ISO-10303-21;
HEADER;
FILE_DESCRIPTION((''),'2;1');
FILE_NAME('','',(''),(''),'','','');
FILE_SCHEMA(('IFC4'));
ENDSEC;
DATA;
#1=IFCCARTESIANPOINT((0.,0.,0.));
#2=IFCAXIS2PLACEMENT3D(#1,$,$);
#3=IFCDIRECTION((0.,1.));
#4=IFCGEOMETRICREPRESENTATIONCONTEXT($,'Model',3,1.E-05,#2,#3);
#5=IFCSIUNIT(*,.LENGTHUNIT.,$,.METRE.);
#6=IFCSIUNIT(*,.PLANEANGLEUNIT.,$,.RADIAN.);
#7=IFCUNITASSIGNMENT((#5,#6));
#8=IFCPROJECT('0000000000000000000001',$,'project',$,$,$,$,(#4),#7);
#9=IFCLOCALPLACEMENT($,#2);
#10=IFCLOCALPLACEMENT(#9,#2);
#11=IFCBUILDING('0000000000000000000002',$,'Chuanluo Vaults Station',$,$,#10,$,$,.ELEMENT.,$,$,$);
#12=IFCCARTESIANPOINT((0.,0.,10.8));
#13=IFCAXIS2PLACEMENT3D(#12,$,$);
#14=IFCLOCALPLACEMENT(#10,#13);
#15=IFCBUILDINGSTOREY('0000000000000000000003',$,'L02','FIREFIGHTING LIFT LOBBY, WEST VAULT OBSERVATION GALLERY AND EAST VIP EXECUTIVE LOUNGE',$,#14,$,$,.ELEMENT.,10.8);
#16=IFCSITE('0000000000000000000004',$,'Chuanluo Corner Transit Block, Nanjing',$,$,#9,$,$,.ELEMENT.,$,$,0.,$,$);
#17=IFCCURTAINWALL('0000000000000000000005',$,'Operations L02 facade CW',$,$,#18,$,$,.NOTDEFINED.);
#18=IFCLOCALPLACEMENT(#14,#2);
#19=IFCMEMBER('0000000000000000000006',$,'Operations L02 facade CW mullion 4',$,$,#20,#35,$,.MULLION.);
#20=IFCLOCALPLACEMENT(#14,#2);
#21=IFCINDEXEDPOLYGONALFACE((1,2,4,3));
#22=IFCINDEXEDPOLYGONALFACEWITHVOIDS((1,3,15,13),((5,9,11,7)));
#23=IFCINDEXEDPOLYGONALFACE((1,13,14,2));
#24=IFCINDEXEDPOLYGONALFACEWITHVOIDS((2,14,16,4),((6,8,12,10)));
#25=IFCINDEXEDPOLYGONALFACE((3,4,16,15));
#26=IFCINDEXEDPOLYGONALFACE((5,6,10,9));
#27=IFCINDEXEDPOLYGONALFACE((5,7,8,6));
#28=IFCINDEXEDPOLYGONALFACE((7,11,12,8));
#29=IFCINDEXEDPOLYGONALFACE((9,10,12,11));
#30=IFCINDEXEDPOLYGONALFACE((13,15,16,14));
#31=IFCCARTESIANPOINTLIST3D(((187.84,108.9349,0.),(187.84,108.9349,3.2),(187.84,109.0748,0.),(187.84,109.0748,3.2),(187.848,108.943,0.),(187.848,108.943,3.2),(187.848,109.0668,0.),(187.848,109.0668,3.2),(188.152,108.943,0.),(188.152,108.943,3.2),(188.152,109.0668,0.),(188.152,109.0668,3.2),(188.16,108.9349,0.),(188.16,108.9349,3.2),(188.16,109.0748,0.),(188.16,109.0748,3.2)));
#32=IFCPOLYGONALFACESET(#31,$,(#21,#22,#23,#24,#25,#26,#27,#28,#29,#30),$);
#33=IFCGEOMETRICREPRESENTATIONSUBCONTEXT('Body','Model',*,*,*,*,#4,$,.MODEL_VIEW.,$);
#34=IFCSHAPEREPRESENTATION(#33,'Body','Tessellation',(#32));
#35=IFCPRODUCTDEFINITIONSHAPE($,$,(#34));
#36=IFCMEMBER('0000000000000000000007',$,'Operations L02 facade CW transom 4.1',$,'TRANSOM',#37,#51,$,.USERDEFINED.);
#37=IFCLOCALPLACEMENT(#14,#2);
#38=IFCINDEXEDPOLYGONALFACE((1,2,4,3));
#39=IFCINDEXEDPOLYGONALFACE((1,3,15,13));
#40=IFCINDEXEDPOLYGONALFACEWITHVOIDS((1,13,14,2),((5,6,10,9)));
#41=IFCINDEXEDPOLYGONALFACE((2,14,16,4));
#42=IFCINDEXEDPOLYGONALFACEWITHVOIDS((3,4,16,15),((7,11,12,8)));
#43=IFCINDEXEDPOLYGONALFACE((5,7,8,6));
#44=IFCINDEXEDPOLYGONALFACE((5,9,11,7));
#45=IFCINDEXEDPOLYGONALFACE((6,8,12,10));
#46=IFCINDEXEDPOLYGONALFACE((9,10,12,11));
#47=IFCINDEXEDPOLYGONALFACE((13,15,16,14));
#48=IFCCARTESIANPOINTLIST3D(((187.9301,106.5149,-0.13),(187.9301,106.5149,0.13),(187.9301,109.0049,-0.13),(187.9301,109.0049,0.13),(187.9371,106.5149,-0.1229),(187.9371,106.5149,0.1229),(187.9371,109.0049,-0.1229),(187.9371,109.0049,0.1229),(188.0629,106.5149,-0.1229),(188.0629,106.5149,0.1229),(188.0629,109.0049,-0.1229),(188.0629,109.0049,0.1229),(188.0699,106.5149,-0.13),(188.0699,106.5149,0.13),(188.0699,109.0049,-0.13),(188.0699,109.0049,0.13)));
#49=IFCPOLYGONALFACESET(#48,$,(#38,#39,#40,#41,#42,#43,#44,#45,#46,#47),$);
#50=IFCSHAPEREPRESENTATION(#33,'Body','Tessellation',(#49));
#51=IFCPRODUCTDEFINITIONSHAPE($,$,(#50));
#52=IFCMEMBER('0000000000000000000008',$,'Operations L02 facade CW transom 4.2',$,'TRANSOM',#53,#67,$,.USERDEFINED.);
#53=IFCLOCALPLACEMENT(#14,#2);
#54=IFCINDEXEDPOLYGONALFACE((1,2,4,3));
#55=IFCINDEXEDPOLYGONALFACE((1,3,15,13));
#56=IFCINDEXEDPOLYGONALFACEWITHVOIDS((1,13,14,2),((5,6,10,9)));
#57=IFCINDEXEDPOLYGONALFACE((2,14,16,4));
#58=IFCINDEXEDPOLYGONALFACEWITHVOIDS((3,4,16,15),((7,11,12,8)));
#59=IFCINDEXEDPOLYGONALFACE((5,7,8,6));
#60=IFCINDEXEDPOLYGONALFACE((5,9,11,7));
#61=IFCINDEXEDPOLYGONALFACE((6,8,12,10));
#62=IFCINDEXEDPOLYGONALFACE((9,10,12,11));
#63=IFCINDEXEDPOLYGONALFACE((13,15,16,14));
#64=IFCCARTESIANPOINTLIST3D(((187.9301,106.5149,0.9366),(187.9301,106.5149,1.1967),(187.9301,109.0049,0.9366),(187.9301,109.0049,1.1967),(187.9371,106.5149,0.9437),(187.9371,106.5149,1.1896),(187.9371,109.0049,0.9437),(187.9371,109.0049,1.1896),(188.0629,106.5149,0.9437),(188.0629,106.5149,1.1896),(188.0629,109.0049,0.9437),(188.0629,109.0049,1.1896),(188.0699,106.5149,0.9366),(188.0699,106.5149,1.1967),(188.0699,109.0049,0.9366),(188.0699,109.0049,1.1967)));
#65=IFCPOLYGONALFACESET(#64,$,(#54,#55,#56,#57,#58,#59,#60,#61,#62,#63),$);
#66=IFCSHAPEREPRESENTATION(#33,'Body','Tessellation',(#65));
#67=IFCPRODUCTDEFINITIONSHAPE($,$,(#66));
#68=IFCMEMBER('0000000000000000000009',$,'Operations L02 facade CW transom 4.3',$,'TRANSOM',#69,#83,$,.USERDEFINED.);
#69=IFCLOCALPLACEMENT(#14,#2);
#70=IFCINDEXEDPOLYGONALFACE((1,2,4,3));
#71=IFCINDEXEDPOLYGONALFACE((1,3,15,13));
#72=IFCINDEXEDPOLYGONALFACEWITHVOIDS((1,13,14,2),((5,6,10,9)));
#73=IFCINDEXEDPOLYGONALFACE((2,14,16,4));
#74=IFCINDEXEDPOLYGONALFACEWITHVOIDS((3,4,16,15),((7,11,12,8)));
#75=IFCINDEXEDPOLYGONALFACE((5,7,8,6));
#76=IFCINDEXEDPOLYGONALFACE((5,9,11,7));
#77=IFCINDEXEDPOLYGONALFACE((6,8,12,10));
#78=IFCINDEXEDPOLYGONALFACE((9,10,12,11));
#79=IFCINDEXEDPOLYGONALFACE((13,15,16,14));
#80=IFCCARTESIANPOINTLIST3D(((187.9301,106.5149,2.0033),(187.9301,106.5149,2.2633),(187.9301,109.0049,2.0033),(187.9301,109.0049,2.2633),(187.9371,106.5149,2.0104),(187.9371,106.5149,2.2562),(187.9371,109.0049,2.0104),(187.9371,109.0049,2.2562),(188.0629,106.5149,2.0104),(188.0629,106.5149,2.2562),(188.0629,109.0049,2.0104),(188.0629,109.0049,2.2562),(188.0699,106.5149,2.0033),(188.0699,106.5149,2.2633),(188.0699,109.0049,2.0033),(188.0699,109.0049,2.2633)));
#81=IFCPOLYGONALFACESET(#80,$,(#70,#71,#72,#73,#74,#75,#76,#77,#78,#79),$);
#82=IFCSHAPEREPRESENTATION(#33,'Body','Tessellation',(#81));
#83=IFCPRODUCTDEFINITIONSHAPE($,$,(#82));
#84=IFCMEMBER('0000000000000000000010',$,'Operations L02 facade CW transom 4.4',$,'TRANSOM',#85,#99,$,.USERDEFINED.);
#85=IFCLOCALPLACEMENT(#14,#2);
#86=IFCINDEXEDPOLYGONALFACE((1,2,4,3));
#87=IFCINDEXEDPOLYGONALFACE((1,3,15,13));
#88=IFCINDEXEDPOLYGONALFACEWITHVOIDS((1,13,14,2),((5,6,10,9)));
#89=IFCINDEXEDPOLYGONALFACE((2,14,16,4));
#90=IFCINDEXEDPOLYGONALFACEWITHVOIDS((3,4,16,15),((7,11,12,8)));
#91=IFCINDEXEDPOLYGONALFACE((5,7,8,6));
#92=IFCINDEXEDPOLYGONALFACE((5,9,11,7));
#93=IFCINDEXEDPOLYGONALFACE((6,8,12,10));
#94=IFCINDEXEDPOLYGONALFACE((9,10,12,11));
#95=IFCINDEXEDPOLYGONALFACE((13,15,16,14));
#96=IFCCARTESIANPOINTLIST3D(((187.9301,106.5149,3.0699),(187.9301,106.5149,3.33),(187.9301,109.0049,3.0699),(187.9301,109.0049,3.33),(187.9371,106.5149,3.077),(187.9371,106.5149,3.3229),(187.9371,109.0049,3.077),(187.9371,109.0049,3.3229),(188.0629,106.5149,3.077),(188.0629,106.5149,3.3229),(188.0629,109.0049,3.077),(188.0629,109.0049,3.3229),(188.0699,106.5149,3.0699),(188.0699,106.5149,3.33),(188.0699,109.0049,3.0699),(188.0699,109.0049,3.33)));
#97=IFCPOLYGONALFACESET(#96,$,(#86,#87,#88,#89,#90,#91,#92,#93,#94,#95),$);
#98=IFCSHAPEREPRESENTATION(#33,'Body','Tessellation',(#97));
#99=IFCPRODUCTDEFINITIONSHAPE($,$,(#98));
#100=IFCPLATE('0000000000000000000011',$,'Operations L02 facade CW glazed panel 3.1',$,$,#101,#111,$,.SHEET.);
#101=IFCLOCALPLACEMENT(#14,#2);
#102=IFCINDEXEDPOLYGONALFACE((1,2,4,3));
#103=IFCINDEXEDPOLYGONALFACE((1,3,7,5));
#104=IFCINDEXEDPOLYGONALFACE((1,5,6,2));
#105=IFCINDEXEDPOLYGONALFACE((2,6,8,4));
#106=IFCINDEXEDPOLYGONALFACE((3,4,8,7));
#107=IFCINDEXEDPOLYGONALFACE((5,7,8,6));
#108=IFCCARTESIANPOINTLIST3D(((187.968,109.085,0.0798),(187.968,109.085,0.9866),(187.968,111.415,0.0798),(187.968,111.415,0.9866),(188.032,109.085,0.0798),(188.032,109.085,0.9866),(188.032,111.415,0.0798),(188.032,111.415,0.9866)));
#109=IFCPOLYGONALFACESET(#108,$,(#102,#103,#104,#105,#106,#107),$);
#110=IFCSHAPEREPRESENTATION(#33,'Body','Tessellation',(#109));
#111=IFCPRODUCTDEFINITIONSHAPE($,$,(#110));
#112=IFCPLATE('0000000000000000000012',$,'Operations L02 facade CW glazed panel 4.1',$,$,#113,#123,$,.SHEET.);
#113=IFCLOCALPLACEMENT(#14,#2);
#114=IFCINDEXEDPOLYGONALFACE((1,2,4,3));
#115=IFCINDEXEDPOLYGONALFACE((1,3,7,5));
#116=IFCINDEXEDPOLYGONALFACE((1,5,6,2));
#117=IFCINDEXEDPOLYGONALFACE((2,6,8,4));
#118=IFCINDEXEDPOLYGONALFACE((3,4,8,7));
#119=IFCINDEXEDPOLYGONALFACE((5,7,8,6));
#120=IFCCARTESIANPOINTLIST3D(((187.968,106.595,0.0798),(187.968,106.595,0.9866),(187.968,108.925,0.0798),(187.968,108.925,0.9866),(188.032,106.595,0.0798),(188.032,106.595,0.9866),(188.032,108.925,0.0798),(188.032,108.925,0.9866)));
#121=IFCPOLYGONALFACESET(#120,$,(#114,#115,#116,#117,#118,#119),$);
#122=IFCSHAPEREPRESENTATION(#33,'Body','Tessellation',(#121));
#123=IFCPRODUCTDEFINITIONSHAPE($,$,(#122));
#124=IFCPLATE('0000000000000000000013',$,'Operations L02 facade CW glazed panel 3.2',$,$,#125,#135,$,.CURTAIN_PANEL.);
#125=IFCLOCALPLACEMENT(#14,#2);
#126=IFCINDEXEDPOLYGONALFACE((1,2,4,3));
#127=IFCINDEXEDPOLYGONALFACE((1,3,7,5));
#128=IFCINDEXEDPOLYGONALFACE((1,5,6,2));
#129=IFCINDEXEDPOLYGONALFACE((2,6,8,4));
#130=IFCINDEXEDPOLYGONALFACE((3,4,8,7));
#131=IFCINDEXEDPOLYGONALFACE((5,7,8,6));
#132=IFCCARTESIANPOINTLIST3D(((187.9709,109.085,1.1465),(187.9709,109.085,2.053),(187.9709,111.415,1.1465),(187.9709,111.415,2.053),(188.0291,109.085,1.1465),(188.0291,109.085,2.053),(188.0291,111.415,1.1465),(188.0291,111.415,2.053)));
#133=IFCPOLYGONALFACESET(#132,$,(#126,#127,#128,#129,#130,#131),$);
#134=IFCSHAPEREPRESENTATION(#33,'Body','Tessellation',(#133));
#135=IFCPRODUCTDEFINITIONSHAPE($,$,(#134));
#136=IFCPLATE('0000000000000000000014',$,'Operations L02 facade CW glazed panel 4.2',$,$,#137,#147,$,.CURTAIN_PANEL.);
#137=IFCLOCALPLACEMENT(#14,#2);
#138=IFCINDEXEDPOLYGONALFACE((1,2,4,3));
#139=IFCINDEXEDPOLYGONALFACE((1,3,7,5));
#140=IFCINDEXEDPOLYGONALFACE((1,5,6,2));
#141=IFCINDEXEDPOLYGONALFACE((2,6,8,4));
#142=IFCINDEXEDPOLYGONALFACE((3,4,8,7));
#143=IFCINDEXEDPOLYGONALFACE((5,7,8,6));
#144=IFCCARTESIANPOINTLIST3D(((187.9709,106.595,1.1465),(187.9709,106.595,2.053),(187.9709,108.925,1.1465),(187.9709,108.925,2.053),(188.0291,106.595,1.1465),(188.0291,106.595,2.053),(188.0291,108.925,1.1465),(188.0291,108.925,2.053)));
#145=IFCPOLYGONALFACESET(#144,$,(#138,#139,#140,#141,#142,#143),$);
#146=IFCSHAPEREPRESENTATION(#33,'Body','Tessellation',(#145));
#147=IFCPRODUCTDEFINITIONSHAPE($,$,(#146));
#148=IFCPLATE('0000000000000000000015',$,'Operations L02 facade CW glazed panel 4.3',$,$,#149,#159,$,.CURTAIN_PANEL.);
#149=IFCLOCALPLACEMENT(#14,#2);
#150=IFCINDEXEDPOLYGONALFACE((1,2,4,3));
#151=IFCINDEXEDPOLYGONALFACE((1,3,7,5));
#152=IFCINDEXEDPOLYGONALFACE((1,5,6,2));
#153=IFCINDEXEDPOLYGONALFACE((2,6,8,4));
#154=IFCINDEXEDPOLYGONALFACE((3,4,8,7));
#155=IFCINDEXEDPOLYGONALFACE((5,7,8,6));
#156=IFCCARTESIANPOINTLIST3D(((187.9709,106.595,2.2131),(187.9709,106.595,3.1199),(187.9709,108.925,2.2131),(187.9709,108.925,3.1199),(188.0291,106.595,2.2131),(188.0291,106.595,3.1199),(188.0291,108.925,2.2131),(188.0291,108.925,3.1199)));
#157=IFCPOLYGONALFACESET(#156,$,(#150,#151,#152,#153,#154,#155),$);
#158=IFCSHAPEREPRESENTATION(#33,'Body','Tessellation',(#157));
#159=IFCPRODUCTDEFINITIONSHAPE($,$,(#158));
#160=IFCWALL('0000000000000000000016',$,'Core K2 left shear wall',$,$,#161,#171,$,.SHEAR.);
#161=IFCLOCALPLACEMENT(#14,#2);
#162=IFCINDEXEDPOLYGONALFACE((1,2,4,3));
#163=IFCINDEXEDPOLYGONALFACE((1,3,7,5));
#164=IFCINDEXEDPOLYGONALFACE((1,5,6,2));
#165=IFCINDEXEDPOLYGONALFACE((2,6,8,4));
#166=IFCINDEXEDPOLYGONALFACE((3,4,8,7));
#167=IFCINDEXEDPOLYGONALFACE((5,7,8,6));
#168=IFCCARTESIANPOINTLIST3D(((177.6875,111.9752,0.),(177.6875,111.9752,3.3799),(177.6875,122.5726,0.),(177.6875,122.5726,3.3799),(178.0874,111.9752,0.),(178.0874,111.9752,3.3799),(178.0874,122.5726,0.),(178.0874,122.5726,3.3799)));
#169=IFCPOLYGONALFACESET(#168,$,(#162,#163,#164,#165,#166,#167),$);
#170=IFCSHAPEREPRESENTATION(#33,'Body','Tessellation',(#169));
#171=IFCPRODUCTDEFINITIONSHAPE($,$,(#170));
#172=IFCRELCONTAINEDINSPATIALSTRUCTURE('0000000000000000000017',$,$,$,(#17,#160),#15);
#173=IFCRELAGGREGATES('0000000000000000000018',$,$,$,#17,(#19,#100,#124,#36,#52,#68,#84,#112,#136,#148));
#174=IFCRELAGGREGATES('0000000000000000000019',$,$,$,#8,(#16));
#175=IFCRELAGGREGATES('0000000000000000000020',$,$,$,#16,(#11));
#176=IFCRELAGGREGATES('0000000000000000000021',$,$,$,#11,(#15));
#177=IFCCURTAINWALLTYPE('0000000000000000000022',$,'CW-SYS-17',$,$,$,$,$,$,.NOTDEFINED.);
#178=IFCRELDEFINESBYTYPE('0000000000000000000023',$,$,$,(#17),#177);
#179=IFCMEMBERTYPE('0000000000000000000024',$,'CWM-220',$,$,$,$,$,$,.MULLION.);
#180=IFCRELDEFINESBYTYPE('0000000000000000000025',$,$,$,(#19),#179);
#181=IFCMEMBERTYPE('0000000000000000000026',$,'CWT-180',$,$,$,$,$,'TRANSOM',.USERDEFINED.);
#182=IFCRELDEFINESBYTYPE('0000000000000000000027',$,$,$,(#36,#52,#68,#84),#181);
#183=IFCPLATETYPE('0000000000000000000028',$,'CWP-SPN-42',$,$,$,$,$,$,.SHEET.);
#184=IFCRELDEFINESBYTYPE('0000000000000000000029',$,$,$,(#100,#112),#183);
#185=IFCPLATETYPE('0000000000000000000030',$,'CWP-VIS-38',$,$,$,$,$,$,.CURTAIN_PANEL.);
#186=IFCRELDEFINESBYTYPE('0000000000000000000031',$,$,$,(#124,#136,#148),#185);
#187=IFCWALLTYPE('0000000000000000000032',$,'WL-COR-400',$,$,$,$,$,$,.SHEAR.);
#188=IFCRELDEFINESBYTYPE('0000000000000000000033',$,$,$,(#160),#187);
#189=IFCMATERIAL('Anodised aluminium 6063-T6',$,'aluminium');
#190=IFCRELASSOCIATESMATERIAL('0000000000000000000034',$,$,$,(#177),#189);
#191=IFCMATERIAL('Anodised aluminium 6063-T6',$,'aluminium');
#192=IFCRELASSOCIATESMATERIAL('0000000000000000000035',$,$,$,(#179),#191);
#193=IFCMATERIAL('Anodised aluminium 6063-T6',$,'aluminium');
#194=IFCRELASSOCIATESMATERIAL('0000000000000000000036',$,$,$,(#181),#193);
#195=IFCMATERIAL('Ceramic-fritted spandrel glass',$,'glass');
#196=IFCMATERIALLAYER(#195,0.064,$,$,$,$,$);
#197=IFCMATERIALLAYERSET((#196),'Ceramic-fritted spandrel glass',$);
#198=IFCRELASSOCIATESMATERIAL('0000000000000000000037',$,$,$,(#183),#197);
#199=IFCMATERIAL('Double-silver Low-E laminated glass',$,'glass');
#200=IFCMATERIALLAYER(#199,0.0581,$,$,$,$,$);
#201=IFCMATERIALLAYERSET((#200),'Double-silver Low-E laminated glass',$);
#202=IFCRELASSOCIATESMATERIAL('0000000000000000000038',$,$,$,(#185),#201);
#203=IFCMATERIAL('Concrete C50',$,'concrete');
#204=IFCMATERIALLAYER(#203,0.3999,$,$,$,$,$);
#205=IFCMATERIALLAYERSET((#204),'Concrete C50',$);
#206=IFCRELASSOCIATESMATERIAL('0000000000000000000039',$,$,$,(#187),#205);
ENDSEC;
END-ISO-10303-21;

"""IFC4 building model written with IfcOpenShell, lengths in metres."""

from ifc_helpers import new_model, si_unit, direction, frame, frame_2d, origin, origin_2d, place, context, subcontext, project, spatial, rectangle, hollow_rectangle, extrude, material, layer, layer_set, material_profile, profile_set, type_object, element, aggregate, save


model = new_model("IFC4")

# Units and contexts
model_context = context("Model", 3, precision=1e-05, world=origin(), true_north=direction((0.0, 1.0)))
body_context = subcontext(model_context, "Body", "Model", "MODEL_VIEW")
ifc_project = project(units=[si_unit("LENGTHUNIT", "METRE"), si_unit("PLANEANGLEUNIT", "RADIAN")], contexts=[model_context])

# Site, building, storey
site_placement = place(None, origin())
site = spatial("IfcSite", under=ifc_project, at=site_placement, Name="Chuanluo Corner Transit Block, Nanjing", CompositionType="ELEMENT", RefElevation=0.0)
building_placement = place(site_placement, origin())
building = spatial("IfcBuilding", under=site, at=building_placement, Name="Chuanluo Vaults Station", CompositionType="ELEMENT")
storey_placement = place(building_placement, frame((0.0, 0.0, 10.8)))
storey = spatial("IfcBuildingStorey", under=building, at=storey_placement, Name="L02", Description="FIREFIGHTING LIFT LOBBY, WEST VAULT OBSERVATION GALLERY AND EAST VIP EXECUTIVE LOUNGE", CompositionType="ELEMENT", Elevation=10.8)

# Curtain wall, members, plates
ifc_material_1 = material(Name="Anodised aluminium 6063-T6", Category="aluminium")
curtain_wall_type = type_object("IfcCurtainWallType", Name="CW-SYS-17", PredefinedType="NOTDEFINED", material=ifc_material_1)
curtain_wall_placement = place(storey_placement, origin())
curtain_wall = element("IfcCurtainWall", 1, at=curtain_wall_placement, inside=storey, type_object=curtain_wall_type, Name="Operations L02 facade CW", PredefinedType="NOTDEFINED")
ifc_material_2 = material(Name="Anodised aluminium 6063-T6", Category="aluminium")
ifc_material_profile_1 = material_profile(ifc_material_2, hollow_rectangle(XDim=0.1399, YDim=0.3201, WallThickness=0.0081, at=origin_2d()))
ifc_profile_set_1 = profile_set([ifc_material_profile_1], Name="Anodised aluminium 6063-T6")
member_type_1 = type_object("IfcMemberType", Name="CWM-220", PredefinedType="MULLION", material=ifc_profile_set_1)
member_1_placement = place(storey_placement, frame((188.0, 109.0049, 0.0), z_axis=(0.0, 0.0, 1.0), x_axis=(0.0, -1.0, 0.0)))
member_1 = element("IfcMember", 2, at=member_1_placement, type_object=member_type_1, Name="Operations L02 facade CW mullion 4", PredefinedType="MULLION", context=body_context, shape_type="SweptSolid", body=[
    extrude(hollow_rectangle(XDim=0.1399, YDim=0.3201, WallThickness=0.0081, at=origin_2d()), origin(), (0.0, 0.0, 1.0), 3.2),
])
ifc_material_3 = material(Name="Anodised aluminium 6063-T6", Category="aluminium")
ifc_material_profile_2 = material_profile(ifc_material_3, hollow_rectangle(XDim=0.1399, YDim=0.26, WallThickness=0.0071, at=origin_2d()))
ifc_profile_set_2 = profile_set([ifc_material_profile_2], Name="Anodised aluminium 6063-T6")
member_type_2 = type_object("IfcMemberType", Name="CWT-180", ElementType="TRANSOM", PredefinedType="USERDEFINED", material=ifc_profile_set_2)
member_2_placement = place(storey_placement, frame((188.0, 109.0049, 0.0), z_axis=(0.0, -1.0, 0.0), x_axis=(1.0, 0.0, 0.0)))
member_2 = element("IfcMember", 3, at=member_2_placement, type_object=member_type_2, Name="Operations L02 facade CW transom 4.1", ObjectType="TRANSOM", PredefinedType="USERDEFINED", context=body_context, shape_type="SweptSolid", body=[
    extrude(hollow_rectangle(XDim=0.1399, YDim=0.26, WallThickness=0.0071, at=origin_2d()), origin(), (0.0, 0.0, 1.0), 2.49),
])
member_3_placement = place(storey_placement, frame((188.0, 109.0049, 1.0667), z_axis=(0.0, -1.0, 0.0), x_axis=(1.0, 0.0, 0.0)))
member_3 = element("IfcMember", 4, at=member_3_placement, type_object=member_type_2, Name="Operations L02 facade CW transom 4.2", ObjectType="TRANSOM", PredefinedType="USERDEFINED", context=body_context, shape_type="SweptSolid", body=[
    extrude(hollow_rectangle(XDim=0.1399, YDim=0.26, WallThickness=0.0071, at=origin_2d()), origin(), (0.0, 0.0, 1.0), 2.49),
])
member_4_placement = place(storey_placement, frame((188.0, 109.0049, 2.1333), z_axis=(0.0, -1.0, 0.0), x_axis=(1.0, 0.0, 0.0)))
member_4 = element("IfcMember", 5, at=member_4_placement, type_object=member_type_2, Name="Operations L02 facade CW transom 4.3", ObjectType="TRANSOM", PredefinedType="USERDEFINED", context=body_context, shape_type="SweptSolid", body=[
    extrude(hollow_rectangle(XDim=0.1399, YDim=0.26, WallThickness=0.0071, at=origin_2d()), origin(), (0.0, 0.0, 1.0), 2.49),
])
member_5_placement = place(storey_placement, frame((188.0, 109.0049, 3.2), z_axis=(0.0, -1.0, 0.0), x_axis=(1.0, 0.0, 0.0)))
member_5 = element("IfcMember", 6, at=member_5_placement, type_object=member_type_2, Name="Operations L02 facade CW transom 4.4", ObjectType="TRANSOM", PredefinedType="USERDEFINED", context=body_context, shape_type="SweptSolid", body=[
    extrude(hollow_rectangle(XDim=0.1399, YDim=0.26, WallThickness=0.0071, at=origin_2d()), origin(), (0.0, 0.0, 1.0), 2.49),
])
ifc_material_4 = material(Name="Ceramic-fritted spandrel glass", Category="glass")
ifc_layer_1 = layer(ifc_material_4, 0.064)
ifc_layer_set_1 = layer_set([ifc_layer_1], Name="Ceramic-fritted spandrel glass")
plate_type_1 = type_object("IfcPlateType", Name="CWP-SPN-42", PredefinedType="SHEET", material=ifc_layer_set_1)
plate_1_placement = place(storey_placement, frame((188.0, 110.25, 0.0798), z_axis=(0.0, 0.0, 1.0), x_axis=(0.0, -1.0, 0.0)))
plate_1 = element("IfcPlate", 7, at=plate_1_placement, type_object=plate_type_1, Name="Operations L02 facade CW glazed panel 3.1", PredefinedType="SHEET", context=body_context, shape_type="SweptSolid", body=[
    extrude(rectangle(XDim=2.3301, YDim=0.064, at=origin_2d()), origin(), (0.0, 0.0, 1.0), 0.9067),
])
plate_2_placement = place(storey_placement, frame((188.0, 107.76, 0.0798), z_axis=(0.0, 0.0, 1.0), x_axis=(0.0, -1.0, 0.0)))
plate_2 = element("IfcPlate", 8, at=plate_2_placement, type_object=plate_type_1, Name="Operations L02 facade CW glazed panel 4.1", PredefinedType="SHEET", context=body_context, shape_type="SweptSolid", body=[
    extrude(rectangle(XDim=2.3301, YDim=0.064, at=origin_2d()), origin(), (0.0, 0.0, 1.0), 0.9067),
])
ifc_material_5 = material(Name="Double-silver Low-E laminated glass", Category="glass")
ifc_layer_2 = layer(ifc_material_5, 0.0581)
ifc_layer_set_2 = layer_set([ifc_layer_2], Name="Double-silver Low-E laminated glass")
plate_type_2 = type_object("IfcPlateType", Name="CWP-VIS-38", PredefinedType="CURTAIN_PANEL", material=ifc_layer_set_2)
plate_3_placement = place(storey_placement, frame((188.0, 110.25, 1.1465), z_axis=(0.0, 0.0, 1.0), x_axis=(0.0, -1.0, 0.0)))
plate_3 = element("IfcPlate", 9, at=plate_3_placement, type_object=plate_type_2, Name="Operations L02 facade CW glazed panel 3.2", PredefinedType="CURTAIN_PANEL", context=body_context, shape_type="SweptSolid", body=[
    extrude(rectangle(XDim=2.3301, YDim=0.0581, at=origin_2d()), origin(), (0.0, 0.0, 1.0), 0.9065),
])
plate_4_placement = place(storey_placement, frame((188.0, 107.76, 1.1465), z_axis=(0.0, 0.0, 1.0), x_axis=(0.0, -1.0, 0.0)))
plate_4 = element("IfcPlate", 10, at=plate_4_placement, type_object=plate_type_2, Name="Operations L02 facade CW glazed panel 4.2", PredefinedType="CURTAIN_PANEL", context=body_context, shape_type="SweptSolid", body=[
    extrude(rectangle(XDim=2.3301, YDim=0.0581, at=origin_2d()), origin(), (0.0, 0.0, 1.0), 0.9065),
])
plate_5_placement = place(storey_placement, frame((188.0, 107.76, 2.2131), z_axis=(0.0, 0.0, 1.0), x_axis=(0.0, -1.0, 0.0)))
plate_5 = element("IfcPlate", 11, at=plate_5_placement, type_object=plate_type_2, Name="Operations L02 facade CW glazed panel 4.3", PredefinedType="CURTAIN_PANEL", context=body_context, shape_type="SweptSolid", body=[
    extrude(rectangle(XDim=2.3301, YDim=0.0581, at=origin_2d()), origin(), (0.0, 0.0, 1.0), 0.9067),
])
aggregate(curtain_wall, [member_1, plate_1, plate_3, member_2, member_3, member_4, member_5, plate_2, plate_4, plate_5])

# Wall
ifc_material_6 = material(Name="Concrete C50", Category="concrete")
ifc_layer_3 = layer(ifc_material_6, 0.3999)
ifc_layer_set_3 = layer_set([ifc_layer_3], Name="Concrete C50")
wall_type_1 = type_object("IfcWallType", Name="WL-COR-400", PredefinedType="SHEAR", material=ifc_layer_set_3)
wall_1_placement = place(storey_placement, frame((177.8875, 111.9751, 0.0), z_axis=(0.0, 0.0, 1.0), x_axis=(0.0, 1.0, 0.0)))
element("IfcWall", 12, at=wall_1_placement, inside=storey, type_object=wall_type_1, Name="Core K2 left shear wall", PredefinedType="SHEAR", context=body_context, shape_type="SweptSolid", body=[
    extrude(rectangle(XDim=10.5974, YDim=0.3999, at=frame_2d((5.2988, 0.0))), origin(), (0.0, 0.0, 1.0), 3.3799),
])

save(model, "model.ifc")
